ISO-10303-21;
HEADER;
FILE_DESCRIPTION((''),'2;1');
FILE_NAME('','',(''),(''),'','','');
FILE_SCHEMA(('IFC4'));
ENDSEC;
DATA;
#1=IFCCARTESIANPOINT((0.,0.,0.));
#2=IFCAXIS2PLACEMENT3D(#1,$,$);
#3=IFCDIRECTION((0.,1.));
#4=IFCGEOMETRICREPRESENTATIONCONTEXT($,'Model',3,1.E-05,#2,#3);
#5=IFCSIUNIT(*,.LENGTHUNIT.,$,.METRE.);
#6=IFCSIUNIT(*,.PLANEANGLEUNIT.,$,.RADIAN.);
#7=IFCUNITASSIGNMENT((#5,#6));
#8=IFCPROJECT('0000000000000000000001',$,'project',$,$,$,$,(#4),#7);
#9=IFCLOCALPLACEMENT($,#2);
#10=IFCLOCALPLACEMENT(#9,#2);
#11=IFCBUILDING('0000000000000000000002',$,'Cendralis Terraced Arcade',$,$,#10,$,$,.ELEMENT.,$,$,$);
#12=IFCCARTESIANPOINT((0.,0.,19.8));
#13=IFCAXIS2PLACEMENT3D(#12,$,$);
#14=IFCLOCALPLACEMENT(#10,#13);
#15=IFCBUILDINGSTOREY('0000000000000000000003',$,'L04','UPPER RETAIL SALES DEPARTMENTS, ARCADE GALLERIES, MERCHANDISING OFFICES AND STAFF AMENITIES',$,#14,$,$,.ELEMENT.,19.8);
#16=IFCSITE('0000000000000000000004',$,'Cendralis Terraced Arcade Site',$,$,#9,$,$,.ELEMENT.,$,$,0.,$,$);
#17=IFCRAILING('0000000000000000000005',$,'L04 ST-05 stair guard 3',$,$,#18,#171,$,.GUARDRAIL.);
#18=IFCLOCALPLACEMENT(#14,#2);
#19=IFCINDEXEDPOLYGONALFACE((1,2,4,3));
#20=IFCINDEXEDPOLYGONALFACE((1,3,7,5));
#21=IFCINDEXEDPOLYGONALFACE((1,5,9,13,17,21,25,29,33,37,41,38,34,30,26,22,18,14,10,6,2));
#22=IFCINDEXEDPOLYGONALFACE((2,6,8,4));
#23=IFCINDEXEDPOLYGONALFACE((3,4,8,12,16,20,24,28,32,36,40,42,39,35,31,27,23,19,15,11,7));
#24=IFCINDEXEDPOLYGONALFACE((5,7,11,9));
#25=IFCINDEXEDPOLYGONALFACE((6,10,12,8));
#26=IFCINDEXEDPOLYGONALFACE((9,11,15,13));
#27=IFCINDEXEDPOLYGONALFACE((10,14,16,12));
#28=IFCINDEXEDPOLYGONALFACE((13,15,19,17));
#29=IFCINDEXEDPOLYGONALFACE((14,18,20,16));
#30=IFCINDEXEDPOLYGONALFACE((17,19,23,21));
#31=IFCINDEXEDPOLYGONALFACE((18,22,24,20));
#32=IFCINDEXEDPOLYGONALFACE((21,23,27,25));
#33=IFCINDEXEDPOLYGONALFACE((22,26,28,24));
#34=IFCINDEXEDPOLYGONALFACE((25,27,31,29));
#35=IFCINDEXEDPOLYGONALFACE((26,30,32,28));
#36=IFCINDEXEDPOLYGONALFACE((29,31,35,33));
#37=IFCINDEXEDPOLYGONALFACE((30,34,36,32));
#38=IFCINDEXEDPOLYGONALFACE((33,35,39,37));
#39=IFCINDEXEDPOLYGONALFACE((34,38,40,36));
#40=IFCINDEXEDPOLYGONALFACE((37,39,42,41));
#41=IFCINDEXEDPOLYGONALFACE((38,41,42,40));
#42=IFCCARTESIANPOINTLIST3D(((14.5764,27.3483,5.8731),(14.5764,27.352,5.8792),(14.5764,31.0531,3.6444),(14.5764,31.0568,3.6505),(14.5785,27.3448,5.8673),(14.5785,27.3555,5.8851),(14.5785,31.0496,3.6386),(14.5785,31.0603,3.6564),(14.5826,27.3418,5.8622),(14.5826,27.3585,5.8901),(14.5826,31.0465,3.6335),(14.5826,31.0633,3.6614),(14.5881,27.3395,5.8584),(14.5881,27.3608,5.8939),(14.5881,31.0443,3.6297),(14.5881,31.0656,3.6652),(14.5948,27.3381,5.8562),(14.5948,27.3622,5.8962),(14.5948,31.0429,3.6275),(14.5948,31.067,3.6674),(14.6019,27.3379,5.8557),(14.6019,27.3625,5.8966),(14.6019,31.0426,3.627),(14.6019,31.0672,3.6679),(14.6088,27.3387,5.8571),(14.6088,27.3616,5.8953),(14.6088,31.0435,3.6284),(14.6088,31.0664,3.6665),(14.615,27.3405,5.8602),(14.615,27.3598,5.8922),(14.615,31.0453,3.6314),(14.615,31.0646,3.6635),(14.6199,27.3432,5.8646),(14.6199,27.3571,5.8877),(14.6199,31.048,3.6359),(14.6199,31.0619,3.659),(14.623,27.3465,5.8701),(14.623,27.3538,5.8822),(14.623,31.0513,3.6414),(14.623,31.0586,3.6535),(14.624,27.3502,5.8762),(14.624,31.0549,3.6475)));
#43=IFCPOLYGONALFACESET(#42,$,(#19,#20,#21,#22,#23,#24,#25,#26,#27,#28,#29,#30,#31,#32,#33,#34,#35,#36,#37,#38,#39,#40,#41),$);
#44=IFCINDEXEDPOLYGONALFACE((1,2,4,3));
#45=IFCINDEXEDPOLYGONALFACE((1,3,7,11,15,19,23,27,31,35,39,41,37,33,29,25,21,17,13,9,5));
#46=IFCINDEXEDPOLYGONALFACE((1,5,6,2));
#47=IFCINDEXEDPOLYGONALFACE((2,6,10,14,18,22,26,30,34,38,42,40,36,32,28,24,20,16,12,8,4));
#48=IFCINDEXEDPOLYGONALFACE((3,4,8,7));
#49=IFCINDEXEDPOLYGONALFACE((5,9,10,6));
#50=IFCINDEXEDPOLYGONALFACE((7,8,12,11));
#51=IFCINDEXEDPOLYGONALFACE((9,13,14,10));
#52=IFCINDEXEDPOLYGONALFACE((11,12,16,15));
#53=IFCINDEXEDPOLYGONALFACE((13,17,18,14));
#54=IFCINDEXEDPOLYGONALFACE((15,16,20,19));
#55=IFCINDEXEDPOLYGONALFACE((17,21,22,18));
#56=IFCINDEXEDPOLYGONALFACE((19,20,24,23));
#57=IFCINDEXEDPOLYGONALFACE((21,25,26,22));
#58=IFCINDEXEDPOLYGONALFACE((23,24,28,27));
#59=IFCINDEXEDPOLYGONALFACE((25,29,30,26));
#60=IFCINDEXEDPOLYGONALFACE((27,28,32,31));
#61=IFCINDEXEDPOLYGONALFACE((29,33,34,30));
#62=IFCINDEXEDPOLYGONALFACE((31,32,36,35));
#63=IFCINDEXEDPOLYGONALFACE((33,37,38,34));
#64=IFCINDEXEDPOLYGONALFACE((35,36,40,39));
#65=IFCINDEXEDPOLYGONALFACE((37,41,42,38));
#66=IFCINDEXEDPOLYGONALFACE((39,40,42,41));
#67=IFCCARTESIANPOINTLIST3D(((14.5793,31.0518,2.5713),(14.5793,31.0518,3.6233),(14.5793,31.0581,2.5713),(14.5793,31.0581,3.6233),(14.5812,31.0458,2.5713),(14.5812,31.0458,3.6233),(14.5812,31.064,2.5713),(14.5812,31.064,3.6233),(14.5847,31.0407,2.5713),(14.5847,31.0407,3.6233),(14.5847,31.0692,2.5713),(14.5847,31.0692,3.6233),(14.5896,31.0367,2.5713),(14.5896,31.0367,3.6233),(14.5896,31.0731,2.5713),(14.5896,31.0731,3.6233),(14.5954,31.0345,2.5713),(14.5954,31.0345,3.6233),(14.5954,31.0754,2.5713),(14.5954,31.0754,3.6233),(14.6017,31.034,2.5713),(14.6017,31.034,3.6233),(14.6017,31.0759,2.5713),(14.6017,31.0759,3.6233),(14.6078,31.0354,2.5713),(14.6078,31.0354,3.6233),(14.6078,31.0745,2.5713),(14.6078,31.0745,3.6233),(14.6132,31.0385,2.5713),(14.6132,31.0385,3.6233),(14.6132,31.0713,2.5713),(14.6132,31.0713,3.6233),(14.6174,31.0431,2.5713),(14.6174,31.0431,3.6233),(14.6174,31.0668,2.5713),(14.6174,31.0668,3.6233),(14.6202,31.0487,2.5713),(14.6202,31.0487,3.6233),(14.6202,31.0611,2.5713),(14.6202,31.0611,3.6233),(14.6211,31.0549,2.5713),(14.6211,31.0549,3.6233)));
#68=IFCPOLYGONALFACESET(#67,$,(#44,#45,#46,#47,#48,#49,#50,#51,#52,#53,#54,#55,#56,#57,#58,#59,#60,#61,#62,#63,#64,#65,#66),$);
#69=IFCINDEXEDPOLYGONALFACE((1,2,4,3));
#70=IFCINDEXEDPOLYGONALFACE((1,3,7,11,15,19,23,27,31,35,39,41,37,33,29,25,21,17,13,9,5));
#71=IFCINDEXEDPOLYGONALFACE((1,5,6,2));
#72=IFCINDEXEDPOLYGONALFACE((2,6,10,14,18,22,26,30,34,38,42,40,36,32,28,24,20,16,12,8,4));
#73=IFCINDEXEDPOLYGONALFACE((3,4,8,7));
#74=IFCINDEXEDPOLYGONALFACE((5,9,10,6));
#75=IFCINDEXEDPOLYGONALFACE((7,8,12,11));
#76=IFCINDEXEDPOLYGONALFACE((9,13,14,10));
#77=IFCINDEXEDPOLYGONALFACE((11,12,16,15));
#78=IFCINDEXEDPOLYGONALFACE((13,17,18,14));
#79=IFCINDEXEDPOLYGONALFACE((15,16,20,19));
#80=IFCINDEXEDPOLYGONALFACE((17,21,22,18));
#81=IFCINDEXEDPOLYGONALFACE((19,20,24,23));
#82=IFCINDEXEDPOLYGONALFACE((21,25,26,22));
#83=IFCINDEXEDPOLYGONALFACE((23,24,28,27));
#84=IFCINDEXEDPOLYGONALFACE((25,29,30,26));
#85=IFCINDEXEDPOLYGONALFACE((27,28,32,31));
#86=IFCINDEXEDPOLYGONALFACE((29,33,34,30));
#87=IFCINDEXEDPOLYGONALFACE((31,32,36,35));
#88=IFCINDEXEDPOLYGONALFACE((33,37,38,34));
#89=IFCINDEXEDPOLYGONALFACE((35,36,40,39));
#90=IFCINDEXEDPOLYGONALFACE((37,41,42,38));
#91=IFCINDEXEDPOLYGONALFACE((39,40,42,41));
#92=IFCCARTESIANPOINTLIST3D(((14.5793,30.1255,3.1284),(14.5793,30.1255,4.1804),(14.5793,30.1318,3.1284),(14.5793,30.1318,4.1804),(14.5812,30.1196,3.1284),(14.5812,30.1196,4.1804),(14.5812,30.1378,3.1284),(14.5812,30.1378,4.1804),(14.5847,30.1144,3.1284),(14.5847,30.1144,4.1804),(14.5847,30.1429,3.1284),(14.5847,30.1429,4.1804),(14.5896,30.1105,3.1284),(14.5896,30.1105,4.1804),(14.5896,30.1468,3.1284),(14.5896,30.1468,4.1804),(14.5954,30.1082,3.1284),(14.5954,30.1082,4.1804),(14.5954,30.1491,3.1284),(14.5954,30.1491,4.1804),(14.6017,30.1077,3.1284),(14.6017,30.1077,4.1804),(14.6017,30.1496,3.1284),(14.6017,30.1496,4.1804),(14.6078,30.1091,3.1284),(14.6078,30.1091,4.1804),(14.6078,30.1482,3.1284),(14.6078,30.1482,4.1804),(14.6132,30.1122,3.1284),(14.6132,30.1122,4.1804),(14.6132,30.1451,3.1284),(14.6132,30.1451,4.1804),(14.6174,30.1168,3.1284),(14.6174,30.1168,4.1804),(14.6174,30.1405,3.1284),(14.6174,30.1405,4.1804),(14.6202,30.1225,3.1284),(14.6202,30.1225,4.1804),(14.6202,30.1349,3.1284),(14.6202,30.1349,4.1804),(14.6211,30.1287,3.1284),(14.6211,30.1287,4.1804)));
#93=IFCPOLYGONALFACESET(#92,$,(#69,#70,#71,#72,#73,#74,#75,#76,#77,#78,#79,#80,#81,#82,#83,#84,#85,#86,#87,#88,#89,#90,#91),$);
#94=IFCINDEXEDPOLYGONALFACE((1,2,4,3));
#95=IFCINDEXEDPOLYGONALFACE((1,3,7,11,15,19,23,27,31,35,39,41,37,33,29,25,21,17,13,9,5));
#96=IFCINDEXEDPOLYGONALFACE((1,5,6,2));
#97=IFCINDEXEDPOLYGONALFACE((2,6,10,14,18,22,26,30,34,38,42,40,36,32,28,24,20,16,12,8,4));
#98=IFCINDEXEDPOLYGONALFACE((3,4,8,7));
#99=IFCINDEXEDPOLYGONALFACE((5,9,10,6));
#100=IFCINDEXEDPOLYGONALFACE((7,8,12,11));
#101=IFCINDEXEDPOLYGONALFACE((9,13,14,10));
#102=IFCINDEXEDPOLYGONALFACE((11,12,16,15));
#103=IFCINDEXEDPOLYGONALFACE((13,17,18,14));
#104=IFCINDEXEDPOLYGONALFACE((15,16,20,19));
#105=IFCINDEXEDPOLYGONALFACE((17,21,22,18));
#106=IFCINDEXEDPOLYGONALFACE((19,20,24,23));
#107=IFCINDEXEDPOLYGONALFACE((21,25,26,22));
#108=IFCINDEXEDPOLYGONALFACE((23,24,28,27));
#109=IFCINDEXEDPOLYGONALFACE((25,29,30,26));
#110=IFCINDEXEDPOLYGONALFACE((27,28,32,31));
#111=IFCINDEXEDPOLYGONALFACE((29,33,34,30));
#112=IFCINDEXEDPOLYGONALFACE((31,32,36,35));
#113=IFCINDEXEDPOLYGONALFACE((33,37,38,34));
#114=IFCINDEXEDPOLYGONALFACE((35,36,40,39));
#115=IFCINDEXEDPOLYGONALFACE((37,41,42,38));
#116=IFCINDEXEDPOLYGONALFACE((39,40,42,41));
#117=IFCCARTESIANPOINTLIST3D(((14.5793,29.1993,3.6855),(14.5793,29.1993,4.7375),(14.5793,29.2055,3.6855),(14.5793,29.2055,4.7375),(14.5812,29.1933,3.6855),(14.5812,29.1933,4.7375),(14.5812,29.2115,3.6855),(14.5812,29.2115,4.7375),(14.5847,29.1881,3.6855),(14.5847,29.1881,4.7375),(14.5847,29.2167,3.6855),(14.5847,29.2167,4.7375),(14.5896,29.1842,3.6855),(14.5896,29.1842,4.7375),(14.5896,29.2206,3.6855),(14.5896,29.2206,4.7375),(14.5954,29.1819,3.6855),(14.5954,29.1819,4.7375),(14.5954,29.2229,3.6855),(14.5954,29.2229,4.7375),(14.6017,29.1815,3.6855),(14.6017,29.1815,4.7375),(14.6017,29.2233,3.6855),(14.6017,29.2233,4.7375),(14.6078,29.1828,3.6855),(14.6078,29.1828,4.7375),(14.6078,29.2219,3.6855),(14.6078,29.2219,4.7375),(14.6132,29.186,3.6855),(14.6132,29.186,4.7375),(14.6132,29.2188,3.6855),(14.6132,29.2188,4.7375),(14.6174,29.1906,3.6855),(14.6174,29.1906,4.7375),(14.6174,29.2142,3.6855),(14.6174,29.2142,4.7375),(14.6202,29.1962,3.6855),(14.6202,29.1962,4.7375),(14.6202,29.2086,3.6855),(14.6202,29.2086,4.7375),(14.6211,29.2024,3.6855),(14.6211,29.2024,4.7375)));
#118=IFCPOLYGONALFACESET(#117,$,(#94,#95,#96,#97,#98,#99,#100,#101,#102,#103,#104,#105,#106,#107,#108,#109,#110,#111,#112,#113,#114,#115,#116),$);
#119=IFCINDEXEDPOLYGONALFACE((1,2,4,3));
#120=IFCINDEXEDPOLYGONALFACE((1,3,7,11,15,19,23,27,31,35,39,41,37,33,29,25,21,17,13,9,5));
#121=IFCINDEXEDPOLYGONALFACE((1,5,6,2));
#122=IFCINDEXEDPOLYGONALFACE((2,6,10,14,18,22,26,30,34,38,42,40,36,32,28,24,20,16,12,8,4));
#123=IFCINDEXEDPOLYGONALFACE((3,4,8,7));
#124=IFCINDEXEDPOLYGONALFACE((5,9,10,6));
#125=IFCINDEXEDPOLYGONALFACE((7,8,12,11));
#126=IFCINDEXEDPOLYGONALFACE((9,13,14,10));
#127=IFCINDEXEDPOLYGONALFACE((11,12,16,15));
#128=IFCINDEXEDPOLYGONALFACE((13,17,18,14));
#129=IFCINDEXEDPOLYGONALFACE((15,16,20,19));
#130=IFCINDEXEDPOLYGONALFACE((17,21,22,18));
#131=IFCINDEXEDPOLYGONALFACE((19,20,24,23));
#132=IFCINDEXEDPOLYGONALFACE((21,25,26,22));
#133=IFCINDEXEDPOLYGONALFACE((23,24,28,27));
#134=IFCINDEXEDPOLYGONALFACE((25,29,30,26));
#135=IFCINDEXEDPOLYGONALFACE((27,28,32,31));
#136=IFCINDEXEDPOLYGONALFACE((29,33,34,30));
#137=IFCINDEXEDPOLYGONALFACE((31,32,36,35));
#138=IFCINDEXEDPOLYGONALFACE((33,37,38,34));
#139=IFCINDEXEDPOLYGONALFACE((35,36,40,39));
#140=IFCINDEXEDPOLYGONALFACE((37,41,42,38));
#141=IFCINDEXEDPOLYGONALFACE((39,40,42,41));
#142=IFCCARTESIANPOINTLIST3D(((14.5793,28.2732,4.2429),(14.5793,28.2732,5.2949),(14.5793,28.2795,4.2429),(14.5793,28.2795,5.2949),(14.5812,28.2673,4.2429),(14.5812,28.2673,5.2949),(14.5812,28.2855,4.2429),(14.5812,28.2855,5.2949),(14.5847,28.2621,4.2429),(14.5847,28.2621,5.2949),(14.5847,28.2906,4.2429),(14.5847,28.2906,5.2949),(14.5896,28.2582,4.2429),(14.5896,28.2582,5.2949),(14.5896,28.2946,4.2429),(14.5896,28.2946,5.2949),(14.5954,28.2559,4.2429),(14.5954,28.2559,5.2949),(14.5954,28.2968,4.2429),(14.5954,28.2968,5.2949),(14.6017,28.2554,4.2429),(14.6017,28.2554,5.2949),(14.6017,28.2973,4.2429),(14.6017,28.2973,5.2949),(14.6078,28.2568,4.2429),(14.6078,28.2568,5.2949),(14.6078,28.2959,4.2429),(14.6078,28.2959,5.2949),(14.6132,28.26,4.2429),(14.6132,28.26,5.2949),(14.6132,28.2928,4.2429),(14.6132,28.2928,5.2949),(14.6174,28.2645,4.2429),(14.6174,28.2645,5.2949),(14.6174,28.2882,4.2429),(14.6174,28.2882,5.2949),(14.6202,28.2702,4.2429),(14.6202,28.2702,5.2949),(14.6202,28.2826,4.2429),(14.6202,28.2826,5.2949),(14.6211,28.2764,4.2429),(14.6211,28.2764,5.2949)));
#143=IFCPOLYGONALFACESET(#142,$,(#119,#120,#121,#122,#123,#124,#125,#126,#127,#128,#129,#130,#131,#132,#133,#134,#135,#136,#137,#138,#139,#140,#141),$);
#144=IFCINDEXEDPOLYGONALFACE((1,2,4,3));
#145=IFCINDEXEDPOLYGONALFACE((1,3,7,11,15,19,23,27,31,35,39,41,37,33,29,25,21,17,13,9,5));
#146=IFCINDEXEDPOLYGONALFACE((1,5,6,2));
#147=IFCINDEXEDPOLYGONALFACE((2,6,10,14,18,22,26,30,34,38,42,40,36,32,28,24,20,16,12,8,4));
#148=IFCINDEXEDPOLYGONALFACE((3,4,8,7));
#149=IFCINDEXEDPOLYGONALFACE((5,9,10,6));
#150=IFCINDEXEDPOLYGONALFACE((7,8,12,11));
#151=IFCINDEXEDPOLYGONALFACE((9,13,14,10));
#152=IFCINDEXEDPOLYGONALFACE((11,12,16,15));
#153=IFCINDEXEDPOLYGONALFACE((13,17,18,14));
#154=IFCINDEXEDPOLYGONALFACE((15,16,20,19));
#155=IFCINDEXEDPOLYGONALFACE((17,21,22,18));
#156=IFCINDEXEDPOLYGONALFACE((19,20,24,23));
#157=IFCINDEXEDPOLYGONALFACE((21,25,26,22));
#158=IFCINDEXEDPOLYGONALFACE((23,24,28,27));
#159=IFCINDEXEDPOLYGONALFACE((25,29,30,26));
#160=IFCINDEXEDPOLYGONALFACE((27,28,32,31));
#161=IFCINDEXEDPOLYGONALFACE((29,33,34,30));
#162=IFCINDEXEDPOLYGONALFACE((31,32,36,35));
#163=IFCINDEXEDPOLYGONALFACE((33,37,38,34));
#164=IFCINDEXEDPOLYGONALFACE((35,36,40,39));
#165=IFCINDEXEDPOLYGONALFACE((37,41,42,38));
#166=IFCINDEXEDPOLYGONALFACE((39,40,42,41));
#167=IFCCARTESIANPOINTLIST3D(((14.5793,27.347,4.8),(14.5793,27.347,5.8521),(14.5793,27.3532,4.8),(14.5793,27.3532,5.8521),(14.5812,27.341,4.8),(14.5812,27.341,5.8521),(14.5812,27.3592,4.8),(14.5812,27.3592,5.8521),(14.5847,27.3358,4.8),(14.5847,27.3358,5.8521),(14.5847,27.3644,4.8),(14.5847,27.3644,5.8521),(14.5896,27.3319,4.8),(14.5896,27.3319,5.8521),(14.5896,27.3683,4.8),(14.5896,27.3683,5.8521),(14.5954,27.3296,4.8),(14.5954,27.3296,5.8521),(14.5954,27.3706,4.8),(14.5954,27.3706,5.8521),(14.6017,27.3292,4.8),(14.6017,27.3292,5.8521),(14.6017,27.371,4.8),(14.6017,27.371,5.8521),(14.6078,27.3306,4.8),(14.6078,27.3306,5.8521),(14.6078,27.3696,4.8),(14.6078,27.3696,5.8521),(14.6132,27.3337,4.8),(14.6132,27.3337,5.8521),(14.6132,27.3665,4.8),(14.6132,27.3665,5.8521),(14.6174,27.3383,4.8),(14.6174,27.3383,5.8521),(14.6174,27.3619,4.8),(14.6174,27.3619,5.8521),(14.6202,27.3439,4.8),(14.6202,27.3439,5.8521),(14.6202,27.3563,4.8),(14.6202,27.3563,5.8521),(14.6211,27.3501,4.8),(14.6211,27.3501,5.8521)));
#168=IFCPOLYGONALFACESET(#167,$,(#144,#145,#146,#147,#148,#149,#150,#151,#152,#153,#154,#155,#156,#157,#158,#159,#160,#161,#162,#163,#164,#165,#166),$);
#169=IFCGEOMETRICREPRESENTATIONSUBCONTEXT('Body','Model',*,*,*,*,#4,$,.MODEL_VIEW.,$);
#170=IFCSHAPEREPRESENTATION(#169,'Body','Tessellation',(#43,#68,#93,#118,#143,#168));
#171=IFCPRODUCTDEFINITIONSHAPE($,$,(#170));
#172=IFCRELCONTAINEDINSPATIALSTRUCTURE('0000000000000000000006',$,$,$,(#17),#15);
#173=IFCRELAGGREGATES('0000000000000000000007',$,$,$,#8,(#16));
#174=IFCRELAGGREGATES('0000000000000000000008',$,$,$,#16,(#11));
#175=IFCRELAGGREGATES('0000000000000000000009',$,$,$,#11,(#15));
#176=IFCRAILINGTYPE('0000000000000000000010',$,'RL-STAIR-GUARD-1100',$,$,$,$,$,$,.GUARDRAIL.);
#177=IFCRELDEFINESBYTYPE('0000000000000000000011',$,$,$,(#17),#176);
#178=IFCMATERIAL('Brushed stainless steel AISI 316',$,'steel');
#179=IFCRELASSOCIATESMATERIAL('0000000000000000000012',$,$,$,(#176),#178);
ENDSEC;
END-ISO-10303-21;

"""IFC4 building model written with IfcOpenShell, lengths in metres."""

from ifc_helpers import new_model, si_unit, direction, frame, origin, origin_2d, place, context, subcontext, project, spatial, circle, extrude, material, type_object, element, save


model = new_model("IFC4")

# Units and contexts
model_context = context("Model", 3, precision=1e-05, world=origin(), true_north=direction((0.0, 1.0)))
body_context = subcontext(model_context, "Body", "Model", "MODEL_VIEW")
ifc_project = project(units=[si_unit("LENGTHUNIT", "METRE"), si_unit("PLANEANGLEUNIT", "RADIAN")], contexts=[model_context])

# Site, building, storey
site_placement = place(None, origin())
site = spatial("IfcSite", under=ifc_project, at=site_placement, Name="Cendralis Terraced Arcade Site", CompositionType="ELEMENT", RefElevation=0.0)
building_placement = place(site_placement, origin())
building = spatial("IfcBuilding", under=site, at=building_placement, Name="Cendralis Terraced Arcade", CompositionType="ELEMENT")
storey_placement = place(building_placement, frame((0.0, 0.0, 19.8)))
storey = spatial("IfcBuildingStorey", under=building, at=storey_placement, Name="L04", Description="UPPER RETAIL SALES DEPARTMENTS, ARCADE GALLERIES, MERCHANDISING OFFICES AND STAFF AMENITIES", CompositionType="ELEMENT", Elevation=19.8)

# Railing
ifc_material_1 = material(Name="Brushed stainless steel AISI 316", Category="steel")
railing_type_1 = type_object("IfcRailingType", Name="RL-STAIR-GUARD-1100", PredefinedType="GUARDRAIL", material=ifc_material_1)
railing_1_placement = place(storey_placement, frame((14.6001, 31.0549, 2.5713)))
element("IfcRailing", 1, at=railing_1_placement, inside=storey, type_object=railing_type_1, Name="L04 ST-05 stair guard 3", PredefinedType="GUARDRAIL", context=body_context, shape_type="SweptSolid", body=[
    extrude(circle(Radius=0.0239, at=origin_2d()), frame((0.0, 0.0, 1.0762), z_axis=(0.0, -0.856894, 0.515492), x_axis=(1.0, 0.0, 0.0)), (0.0, 0.0, 1.0), 4.3235),
    extrude(circle(Radius=0.021, at=origin_2d()), origin(), (0.0, 0.0, 1.0), 1.052),
    extrude(circle(Radius=0.021, at=origin_2d()), frame((0.0, -0.9263, 0.5571)), (0.0, 0.0, 1.0), 1.052),
    extrude(circle(Radius=0.021, at=origin_2d()), frame((0.0, -1.8525, 1.1143)), (0.0, 0.0, 1.0), 1.052),
    extrude(circle(Radius=0.021, at=origin_2d()), frame((0.0, -2.7786, 1.6716)), (0.0, 0.0, 1.0), 1.052),
    extrude(circle(Radius=0.021, at=origin_2d()), frame((0.0, -3.7048, 2.2288)), (0.0, 0.0, 1.0), 1.052),
])

save(model, "model.ifc")
